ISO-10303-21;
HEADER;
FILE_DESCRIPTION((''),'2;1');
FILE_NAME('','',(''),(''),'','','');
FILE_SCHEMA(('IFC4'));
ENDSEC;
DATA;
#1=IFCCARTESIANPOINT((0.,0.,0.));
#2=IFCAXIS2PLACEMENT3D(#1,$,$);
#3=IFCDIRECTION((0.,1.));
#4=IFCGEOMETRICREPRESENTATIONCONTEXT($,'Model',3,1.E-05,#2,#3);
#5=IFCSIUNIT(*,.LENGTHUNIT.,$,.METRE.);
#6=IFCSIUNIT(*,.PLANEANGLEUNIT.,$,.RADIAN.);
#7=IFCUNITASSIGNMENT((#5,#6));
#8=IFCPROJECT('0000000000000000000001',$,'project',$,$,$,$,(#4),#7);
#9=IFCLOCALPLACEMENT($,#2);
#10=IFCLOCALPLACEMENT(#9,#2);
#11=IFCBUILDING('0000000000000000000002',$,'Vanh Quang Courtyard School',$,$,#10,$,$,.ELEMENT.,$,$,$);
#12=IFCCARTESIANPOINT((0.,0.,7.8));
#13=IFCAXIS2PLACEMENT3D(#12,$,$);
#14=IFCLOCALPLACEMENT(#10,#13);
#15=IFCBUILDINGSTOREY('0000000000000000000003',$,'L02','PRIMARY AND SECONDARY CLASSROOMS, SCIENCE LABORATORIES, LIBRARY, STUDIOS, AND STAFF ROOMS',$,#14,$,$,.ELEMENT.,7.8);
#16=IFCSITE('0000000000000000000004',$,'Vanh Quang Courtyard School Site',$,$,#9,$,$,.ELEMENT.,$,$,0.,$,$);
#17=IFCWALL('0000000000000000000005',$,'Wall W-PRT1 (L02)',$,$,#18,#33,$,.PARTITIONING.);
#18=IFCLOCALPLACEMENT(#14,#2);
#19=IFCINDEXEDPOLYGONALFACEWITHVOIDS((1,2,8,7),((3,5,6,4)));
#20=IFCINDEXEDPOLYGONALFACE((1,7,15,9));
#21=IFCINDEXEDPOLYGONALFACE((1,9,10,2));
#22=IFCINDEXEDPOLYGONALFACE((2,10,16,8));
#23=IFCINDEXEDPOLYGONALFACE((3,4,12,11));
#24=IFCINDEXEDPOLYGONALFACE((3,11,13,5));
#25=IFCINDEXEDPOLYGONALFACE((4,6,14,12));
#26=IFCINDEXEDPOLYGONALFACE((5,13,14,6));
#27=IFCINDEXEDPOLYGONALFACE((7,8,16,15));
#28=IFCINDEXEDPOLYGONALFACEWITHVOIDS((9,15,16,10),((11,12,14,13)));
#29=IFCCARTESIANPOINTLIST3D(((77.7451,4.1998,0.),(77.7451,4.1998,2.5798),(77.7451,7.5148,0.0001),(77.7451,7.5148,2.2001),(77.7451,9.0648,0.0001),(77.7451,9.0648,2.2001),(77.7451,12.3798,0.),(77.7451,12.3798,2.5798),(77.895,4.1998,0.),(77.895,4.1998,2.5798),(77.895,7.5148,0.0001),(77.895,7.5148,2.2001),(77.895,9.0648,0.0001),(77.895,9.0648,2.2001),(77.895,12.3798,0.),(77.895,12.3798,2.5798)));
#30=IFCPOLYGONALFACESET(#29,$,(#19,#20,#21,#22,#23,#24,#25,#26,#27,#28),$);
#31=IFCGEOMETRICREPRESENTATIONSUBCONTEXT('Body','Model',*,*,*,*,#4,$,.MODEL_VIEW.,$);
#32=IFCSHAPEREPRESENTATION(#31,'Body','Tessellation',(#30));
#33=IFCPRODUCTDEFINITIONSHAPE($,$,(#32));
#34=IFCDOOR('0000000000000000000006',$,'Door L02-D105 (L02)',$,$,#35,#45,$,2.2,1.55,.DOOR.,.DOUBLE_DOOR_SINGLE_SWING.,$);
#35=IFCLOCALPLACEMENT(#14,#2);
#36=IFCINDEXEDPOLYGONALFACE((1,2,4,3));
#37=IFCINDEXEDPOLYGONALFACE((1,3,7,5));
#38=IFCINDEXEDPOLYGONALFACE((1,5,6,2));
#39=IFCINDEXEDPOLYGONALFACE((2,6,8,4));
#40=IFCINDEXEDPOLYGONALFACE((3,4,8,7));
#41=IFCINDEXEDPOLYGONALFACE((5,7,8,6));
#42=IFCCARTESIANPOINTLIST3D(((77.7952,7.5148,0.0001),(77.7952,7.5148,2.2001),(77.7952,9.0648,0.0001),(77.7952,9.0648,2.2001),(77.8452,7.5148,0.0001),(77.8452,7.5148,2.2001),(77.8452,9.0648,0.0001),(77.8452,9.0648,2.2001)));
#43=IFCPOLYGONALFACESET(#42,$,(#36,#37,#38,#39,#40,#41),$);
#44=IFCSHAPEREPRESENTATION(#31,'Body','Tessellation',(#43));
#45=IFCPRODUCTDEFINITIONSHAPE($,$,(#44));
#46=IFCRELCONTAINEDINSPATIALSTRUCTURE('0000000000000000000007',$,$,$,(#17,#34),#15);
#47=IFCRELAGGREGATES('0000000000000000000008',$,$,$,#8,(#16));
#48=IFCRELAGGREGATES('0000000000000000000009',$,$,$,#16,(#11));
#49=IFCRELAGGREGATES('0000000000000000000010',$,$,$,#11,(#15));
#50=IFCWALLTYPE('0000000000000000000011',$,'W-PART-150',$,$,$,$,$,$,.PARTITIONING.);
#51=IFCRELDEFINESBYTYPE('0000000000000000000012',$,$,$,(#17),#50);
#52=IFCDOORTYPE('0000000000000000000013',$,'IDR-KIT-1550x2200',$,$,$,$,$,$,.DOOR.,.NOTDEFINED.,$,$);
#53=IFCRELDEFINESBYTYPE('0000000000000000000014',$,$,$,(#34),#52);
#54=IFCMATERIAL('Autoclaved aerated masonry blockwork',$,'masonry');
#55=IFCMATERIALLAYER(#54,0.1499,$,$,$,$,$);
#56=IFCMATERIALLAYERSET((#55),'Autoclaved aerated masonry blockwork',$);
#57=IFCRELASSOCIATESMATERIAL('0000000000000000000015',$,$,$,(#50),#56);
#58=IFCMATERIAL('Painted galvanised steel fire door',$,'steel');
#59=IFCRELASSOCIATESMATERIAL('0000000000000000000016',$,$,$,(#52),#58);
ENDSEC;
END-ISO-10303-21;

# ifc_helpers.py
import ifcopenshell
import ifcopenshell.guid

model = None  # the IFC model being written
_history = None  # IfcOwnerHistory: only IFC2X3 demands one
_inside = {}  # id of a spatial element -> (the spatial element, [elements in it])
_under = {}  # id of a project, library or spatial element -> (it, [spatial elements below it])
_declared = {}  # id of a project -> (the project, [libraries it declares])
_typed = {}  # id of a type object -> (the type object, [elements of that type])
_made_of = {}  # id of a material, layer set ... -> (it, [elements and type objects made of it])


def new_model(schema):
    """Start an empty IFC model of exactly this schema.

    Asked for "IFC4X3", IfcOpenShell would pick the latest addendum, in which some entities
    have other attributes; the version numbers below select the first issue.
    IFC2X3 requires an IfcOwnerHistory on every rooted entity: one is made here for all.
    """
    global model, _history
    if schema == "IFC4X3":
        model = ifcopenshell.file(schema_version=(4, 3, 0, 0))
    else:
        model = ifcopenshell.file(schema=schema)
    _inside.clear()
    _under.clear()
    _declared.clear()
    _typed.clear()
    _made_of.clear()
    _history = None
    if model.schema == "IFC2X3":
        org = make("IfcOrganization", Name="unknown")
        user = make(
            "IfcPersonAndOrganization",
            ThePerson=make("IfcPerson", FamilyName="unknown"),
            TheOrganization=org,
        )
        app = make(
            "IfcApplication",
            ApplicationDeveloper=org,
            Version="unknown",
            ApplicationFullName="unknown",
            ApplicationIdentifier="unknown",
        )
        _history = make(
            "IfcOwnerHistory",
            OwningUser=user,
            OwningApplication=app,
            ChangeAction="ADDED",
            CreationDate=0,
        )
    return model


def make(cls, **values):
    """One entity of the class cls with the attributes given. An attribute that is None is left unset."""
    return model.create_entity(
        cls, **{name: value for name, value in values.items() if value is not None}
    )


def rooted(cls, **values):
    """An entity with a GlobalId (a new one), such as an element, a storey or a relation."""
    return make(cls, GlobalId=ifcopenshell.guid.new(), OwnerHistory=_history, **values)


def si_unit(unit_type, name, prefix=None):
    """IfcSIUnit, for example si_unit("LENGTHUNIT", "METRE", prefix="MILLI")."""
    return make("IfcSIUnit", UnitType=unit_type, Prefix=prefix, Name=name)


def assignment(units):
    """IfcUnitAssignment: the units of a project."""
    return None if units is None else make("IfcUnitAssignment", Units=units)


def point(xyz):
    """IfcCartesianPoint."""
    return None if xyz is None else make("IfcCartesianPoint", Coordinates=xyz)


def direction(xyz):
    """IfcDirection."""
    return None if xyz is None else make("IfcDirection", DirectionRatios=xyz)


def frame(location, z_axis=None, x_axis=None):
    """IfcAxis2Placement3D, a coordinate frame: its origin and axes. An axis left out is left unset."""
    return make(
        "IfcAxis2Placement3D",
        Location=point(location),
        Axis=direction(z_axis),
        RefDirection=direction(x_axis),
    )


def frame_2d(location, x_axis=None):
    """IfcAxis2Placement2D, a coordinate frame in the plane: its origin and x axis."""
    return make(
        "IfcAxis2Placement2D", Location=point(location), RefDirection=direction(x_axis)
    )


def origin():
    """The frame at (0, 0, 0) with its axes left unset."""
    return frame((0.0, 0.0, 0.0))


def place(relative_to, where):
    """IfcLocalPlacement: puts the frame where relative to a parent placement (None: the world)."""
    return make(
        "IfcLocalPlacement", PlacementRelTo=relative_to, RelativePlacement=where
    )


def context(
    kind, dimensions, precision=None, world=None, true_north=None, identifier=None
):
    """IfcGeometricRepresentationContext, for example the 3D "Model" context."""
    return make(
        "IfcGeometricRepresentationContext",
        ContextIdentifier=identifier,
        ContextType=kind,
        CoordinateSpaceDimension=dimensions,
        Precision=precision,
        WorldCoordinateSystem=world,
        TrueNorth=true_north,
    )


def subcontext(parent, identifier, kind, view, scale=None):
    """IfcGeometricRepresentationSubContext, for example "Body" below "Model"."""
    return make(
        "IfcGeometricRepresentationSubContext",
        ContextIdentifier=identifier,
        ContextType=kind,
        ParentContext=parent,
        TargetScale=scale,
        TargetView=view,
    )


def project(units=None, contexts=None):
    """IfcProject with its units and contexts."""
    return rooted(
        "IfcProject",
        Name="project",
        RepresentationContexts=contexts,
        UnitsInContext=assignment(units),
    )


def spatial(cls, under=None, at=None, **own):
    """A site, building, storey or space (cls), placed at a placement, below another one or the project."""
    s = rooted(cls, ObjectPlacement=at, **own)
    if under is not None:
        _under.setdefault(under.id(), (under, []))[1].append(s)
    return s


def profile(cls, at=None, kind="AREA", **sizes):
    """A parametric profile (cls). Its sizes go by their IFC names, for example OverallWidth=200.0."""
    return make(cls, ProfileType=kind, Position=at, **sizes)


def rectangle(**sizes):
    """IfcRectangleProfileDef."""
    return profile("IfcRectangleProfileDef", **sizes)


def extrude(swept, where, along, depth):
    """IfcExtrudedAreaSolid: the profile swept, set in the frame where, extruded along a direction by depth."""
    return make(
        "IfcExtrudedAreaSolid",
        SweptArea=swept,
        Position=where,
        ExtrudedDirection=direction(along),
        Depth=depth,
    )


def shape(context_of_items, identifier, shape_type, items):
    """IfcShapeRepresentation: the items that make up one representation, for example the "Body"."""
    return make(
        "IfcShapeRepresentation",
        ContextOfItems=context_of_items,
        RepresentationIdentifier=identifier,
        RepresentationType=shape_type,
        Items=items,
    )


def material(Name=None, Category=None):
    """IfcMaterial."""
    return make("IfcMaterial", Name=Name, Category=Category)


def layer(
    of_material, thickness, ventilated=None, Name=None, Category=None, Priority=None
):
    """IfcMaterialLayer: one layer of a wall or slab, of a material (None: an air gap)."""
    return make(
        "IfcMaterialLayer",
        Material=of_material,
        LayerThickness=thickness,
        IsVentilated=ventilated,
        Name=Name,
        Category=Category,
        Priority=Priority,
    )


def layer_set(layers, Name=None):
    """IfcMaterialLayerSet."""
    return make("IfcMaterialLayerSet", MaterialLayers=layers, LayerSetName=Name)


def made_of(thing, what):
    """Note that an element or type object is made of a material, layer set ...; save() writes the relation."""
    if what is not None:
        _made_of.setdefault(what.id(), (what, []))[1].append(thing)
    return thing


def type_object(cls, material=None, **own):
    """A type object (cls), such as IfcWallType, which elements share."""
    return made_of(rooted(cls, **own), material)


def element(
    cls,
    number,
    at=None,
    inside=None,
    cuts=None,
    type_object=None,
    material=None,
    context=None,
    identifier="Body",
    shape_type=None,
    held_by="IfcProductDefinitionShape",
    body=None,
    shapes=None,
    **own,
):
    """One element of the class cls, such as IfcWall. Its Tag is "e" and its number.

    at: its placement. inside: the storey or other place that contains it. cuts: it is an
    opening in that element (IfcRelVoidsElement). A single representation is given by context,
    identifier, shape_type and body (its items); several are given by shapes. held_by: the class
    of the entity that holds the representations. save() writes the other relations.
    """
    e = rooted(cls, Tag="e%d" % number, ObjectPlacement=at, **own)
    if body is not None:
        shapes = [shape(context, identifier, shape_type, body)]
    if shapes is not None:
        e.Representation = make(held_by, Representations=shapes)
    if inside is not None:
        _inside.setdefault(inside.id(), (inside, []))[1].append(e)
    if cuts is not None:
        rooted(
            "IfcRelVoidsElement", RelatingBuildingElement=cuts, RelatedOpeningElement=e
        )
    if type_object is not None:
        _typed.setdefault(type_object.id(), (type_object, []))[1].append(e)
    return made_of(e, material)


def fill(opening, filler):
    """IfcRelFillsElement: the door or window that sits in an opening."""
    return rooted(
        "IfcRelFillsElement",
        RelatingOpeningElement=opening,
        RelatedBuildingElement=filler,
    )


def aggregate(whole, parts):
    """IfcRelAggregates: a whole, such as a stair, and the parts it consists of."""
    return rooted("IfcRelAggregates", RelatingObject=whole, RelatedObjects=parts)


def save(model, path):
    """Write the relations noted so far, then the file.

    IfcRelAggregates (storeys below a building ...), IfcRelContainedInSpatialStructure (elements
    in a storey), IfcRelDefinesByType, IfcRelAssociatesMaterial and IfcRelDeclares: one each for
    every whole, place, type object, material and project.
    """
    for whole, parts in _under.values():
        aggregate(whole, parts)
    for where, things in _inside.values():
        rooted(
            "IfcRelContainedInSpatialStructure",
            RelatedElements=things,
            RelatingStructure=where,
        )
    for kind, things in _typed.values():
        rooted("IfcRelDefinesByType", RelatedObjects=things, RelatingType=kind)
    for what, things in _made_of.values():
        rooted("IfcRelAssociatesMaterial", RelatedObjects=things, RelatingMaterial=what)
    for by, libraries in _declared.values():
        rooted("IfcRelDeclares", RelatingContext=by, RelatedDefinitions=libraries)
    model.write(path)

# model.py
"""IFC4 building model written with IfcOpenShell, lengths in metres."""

from ifc_helpers import new_model, si_unit, direction, frame, frame_2d, origin, place, context, subcontext, project, spatial, rectangle, extrude, material, layer, layer_set, type_object, element, fill, save


model = new_model("IFC4")

# Units and contexts
model_context = context("Model", 3, precision=1e-05, world=origin(), true_north=direction((0.0, 1.0)))
body_context = subcontext(model_context, "Body", "Model", "MODEL_VIEW")
ifc_project = project(units=[si_unit("LENGTHUNIT", "METRE"), si_unit("PLANEANGLEUNIT", "RADIAN")], contexts=[model_context])

# Site, building, storey
site_placement = place(None, origin())
site = spatial("IfcSite", under=ifc_project, at=site_placement, Name="Vanh Quang Courtyard School Site", CompositionType="ELEMENT", RefElevation=0.0)
building_placement = place(site_placement, origin())
building = spatial("IfcBuilding", under=site, at=building_placement, Name="Vanh Quang Courtyard School", CompositionType="ELEMENT")
storey_placement = place(building_placement, frame((0.0, 0.0, 7.8)))
storey = spatial("IfcBuildingStorey", under=building, at=storey_placement, Name="L02", Description="PRIMARY AND SECONDARY CLASSROOMS, SCIENCE LABORATORIES, LIBRARY, STUDIOS, AND STAFF ROOMS", CompositionType="ELEMENT", Elevation=7.8)

# Wall, opening, door
ifc_material_1 = material(Name="Autoclaved aerated masonry blockwork", Category="masonry")
ifc_layer_1 = layer(ifc_material_1, 0.1499)
ifc_layer_set_1 = layer_set([ifc_layer_1], Name="Autoclaved aerated masonry blockwork")
wall_type_1 = type_object("IfcWallType", Name="W-PART-150", PredefinedType="PARTITIONING", material=ifc_layer_set_1)
wall_1_placement = place(storey_placement, frame((77.8201, 4.2, 0.0), z_axis=(0.0, 0.0, 1.0), x_axis=(0.0, 1.0, 0.0)))
wall_1 = element("IfcWall", 1, at=wall_1_placement, inside=storey, type_object=wall_type_1, Name="Wall W-PRT1 (L02)", PredefinedType="PARTITIONING", context=body_context, shape_type="SweptSolid", body=[
    extrude(rectangle(XDim=8.1799, YDim=0.1499, at=frame_2d((4.0898, 0.0))), origin(), (0.0, 0.0, 1.0), 2.5798),
])
opening_placement = place(wall_1_placement, frame((3.3149, 0.0, 0.0)))
opening = element("IfcOpeningElement", 2, at=opening_placement, cuts=wall_1, PredefinedType="OPENING", context=body_context, shape_type="SweptSolid", body=[
    extrude(rectangle(XDim=1.55, YDim=2.2, at=frame_2d((0.7749, 1.1001))), frame((0.0, 0.085, 0.0), z_axis=(0.0, -1.0, 0.0), x_axis=(1.0, 0.0, 0.0)), (0.0, 0.0, 1.0), 0.1699),
])
ifc_material_2 = material(Name="Painted galvanised steel fire door", Category="steel")
door_type = type_object("IfcDoorType", Name="IDR-KIT-1550x2200", OperationType="NOTDEFINED", PredefinedType="DOOR", material=ifc_material_2)
door_placement = place(opening_placement, origin())
door = element("IfcDoor", 3, at=door_placement, inside=storey, type_object=door_type, Name="Door L02-D105 (L02)", OperationType="DOUBLE_DOOR_SINGLE_SWING", OverallHeight=2.2, OverallWidth=1.55, PredefinedType="DOOR", context=body_context, shape_type="SweptSolid", body=[
    extrude(rectangle(XDim=1.55, YDim=2.2, at=frame_2d((0.7749, 1.1001))), frame((0.0, 0.0249, 0.0), z_axis=(0.0, -1.0, 0.0), x_axis=(1.0, 0.0, 0.0)), (0.0, 0.0, 1.0), 0.05),
])
fill(opening, door)

save(model, "model.ifc")
